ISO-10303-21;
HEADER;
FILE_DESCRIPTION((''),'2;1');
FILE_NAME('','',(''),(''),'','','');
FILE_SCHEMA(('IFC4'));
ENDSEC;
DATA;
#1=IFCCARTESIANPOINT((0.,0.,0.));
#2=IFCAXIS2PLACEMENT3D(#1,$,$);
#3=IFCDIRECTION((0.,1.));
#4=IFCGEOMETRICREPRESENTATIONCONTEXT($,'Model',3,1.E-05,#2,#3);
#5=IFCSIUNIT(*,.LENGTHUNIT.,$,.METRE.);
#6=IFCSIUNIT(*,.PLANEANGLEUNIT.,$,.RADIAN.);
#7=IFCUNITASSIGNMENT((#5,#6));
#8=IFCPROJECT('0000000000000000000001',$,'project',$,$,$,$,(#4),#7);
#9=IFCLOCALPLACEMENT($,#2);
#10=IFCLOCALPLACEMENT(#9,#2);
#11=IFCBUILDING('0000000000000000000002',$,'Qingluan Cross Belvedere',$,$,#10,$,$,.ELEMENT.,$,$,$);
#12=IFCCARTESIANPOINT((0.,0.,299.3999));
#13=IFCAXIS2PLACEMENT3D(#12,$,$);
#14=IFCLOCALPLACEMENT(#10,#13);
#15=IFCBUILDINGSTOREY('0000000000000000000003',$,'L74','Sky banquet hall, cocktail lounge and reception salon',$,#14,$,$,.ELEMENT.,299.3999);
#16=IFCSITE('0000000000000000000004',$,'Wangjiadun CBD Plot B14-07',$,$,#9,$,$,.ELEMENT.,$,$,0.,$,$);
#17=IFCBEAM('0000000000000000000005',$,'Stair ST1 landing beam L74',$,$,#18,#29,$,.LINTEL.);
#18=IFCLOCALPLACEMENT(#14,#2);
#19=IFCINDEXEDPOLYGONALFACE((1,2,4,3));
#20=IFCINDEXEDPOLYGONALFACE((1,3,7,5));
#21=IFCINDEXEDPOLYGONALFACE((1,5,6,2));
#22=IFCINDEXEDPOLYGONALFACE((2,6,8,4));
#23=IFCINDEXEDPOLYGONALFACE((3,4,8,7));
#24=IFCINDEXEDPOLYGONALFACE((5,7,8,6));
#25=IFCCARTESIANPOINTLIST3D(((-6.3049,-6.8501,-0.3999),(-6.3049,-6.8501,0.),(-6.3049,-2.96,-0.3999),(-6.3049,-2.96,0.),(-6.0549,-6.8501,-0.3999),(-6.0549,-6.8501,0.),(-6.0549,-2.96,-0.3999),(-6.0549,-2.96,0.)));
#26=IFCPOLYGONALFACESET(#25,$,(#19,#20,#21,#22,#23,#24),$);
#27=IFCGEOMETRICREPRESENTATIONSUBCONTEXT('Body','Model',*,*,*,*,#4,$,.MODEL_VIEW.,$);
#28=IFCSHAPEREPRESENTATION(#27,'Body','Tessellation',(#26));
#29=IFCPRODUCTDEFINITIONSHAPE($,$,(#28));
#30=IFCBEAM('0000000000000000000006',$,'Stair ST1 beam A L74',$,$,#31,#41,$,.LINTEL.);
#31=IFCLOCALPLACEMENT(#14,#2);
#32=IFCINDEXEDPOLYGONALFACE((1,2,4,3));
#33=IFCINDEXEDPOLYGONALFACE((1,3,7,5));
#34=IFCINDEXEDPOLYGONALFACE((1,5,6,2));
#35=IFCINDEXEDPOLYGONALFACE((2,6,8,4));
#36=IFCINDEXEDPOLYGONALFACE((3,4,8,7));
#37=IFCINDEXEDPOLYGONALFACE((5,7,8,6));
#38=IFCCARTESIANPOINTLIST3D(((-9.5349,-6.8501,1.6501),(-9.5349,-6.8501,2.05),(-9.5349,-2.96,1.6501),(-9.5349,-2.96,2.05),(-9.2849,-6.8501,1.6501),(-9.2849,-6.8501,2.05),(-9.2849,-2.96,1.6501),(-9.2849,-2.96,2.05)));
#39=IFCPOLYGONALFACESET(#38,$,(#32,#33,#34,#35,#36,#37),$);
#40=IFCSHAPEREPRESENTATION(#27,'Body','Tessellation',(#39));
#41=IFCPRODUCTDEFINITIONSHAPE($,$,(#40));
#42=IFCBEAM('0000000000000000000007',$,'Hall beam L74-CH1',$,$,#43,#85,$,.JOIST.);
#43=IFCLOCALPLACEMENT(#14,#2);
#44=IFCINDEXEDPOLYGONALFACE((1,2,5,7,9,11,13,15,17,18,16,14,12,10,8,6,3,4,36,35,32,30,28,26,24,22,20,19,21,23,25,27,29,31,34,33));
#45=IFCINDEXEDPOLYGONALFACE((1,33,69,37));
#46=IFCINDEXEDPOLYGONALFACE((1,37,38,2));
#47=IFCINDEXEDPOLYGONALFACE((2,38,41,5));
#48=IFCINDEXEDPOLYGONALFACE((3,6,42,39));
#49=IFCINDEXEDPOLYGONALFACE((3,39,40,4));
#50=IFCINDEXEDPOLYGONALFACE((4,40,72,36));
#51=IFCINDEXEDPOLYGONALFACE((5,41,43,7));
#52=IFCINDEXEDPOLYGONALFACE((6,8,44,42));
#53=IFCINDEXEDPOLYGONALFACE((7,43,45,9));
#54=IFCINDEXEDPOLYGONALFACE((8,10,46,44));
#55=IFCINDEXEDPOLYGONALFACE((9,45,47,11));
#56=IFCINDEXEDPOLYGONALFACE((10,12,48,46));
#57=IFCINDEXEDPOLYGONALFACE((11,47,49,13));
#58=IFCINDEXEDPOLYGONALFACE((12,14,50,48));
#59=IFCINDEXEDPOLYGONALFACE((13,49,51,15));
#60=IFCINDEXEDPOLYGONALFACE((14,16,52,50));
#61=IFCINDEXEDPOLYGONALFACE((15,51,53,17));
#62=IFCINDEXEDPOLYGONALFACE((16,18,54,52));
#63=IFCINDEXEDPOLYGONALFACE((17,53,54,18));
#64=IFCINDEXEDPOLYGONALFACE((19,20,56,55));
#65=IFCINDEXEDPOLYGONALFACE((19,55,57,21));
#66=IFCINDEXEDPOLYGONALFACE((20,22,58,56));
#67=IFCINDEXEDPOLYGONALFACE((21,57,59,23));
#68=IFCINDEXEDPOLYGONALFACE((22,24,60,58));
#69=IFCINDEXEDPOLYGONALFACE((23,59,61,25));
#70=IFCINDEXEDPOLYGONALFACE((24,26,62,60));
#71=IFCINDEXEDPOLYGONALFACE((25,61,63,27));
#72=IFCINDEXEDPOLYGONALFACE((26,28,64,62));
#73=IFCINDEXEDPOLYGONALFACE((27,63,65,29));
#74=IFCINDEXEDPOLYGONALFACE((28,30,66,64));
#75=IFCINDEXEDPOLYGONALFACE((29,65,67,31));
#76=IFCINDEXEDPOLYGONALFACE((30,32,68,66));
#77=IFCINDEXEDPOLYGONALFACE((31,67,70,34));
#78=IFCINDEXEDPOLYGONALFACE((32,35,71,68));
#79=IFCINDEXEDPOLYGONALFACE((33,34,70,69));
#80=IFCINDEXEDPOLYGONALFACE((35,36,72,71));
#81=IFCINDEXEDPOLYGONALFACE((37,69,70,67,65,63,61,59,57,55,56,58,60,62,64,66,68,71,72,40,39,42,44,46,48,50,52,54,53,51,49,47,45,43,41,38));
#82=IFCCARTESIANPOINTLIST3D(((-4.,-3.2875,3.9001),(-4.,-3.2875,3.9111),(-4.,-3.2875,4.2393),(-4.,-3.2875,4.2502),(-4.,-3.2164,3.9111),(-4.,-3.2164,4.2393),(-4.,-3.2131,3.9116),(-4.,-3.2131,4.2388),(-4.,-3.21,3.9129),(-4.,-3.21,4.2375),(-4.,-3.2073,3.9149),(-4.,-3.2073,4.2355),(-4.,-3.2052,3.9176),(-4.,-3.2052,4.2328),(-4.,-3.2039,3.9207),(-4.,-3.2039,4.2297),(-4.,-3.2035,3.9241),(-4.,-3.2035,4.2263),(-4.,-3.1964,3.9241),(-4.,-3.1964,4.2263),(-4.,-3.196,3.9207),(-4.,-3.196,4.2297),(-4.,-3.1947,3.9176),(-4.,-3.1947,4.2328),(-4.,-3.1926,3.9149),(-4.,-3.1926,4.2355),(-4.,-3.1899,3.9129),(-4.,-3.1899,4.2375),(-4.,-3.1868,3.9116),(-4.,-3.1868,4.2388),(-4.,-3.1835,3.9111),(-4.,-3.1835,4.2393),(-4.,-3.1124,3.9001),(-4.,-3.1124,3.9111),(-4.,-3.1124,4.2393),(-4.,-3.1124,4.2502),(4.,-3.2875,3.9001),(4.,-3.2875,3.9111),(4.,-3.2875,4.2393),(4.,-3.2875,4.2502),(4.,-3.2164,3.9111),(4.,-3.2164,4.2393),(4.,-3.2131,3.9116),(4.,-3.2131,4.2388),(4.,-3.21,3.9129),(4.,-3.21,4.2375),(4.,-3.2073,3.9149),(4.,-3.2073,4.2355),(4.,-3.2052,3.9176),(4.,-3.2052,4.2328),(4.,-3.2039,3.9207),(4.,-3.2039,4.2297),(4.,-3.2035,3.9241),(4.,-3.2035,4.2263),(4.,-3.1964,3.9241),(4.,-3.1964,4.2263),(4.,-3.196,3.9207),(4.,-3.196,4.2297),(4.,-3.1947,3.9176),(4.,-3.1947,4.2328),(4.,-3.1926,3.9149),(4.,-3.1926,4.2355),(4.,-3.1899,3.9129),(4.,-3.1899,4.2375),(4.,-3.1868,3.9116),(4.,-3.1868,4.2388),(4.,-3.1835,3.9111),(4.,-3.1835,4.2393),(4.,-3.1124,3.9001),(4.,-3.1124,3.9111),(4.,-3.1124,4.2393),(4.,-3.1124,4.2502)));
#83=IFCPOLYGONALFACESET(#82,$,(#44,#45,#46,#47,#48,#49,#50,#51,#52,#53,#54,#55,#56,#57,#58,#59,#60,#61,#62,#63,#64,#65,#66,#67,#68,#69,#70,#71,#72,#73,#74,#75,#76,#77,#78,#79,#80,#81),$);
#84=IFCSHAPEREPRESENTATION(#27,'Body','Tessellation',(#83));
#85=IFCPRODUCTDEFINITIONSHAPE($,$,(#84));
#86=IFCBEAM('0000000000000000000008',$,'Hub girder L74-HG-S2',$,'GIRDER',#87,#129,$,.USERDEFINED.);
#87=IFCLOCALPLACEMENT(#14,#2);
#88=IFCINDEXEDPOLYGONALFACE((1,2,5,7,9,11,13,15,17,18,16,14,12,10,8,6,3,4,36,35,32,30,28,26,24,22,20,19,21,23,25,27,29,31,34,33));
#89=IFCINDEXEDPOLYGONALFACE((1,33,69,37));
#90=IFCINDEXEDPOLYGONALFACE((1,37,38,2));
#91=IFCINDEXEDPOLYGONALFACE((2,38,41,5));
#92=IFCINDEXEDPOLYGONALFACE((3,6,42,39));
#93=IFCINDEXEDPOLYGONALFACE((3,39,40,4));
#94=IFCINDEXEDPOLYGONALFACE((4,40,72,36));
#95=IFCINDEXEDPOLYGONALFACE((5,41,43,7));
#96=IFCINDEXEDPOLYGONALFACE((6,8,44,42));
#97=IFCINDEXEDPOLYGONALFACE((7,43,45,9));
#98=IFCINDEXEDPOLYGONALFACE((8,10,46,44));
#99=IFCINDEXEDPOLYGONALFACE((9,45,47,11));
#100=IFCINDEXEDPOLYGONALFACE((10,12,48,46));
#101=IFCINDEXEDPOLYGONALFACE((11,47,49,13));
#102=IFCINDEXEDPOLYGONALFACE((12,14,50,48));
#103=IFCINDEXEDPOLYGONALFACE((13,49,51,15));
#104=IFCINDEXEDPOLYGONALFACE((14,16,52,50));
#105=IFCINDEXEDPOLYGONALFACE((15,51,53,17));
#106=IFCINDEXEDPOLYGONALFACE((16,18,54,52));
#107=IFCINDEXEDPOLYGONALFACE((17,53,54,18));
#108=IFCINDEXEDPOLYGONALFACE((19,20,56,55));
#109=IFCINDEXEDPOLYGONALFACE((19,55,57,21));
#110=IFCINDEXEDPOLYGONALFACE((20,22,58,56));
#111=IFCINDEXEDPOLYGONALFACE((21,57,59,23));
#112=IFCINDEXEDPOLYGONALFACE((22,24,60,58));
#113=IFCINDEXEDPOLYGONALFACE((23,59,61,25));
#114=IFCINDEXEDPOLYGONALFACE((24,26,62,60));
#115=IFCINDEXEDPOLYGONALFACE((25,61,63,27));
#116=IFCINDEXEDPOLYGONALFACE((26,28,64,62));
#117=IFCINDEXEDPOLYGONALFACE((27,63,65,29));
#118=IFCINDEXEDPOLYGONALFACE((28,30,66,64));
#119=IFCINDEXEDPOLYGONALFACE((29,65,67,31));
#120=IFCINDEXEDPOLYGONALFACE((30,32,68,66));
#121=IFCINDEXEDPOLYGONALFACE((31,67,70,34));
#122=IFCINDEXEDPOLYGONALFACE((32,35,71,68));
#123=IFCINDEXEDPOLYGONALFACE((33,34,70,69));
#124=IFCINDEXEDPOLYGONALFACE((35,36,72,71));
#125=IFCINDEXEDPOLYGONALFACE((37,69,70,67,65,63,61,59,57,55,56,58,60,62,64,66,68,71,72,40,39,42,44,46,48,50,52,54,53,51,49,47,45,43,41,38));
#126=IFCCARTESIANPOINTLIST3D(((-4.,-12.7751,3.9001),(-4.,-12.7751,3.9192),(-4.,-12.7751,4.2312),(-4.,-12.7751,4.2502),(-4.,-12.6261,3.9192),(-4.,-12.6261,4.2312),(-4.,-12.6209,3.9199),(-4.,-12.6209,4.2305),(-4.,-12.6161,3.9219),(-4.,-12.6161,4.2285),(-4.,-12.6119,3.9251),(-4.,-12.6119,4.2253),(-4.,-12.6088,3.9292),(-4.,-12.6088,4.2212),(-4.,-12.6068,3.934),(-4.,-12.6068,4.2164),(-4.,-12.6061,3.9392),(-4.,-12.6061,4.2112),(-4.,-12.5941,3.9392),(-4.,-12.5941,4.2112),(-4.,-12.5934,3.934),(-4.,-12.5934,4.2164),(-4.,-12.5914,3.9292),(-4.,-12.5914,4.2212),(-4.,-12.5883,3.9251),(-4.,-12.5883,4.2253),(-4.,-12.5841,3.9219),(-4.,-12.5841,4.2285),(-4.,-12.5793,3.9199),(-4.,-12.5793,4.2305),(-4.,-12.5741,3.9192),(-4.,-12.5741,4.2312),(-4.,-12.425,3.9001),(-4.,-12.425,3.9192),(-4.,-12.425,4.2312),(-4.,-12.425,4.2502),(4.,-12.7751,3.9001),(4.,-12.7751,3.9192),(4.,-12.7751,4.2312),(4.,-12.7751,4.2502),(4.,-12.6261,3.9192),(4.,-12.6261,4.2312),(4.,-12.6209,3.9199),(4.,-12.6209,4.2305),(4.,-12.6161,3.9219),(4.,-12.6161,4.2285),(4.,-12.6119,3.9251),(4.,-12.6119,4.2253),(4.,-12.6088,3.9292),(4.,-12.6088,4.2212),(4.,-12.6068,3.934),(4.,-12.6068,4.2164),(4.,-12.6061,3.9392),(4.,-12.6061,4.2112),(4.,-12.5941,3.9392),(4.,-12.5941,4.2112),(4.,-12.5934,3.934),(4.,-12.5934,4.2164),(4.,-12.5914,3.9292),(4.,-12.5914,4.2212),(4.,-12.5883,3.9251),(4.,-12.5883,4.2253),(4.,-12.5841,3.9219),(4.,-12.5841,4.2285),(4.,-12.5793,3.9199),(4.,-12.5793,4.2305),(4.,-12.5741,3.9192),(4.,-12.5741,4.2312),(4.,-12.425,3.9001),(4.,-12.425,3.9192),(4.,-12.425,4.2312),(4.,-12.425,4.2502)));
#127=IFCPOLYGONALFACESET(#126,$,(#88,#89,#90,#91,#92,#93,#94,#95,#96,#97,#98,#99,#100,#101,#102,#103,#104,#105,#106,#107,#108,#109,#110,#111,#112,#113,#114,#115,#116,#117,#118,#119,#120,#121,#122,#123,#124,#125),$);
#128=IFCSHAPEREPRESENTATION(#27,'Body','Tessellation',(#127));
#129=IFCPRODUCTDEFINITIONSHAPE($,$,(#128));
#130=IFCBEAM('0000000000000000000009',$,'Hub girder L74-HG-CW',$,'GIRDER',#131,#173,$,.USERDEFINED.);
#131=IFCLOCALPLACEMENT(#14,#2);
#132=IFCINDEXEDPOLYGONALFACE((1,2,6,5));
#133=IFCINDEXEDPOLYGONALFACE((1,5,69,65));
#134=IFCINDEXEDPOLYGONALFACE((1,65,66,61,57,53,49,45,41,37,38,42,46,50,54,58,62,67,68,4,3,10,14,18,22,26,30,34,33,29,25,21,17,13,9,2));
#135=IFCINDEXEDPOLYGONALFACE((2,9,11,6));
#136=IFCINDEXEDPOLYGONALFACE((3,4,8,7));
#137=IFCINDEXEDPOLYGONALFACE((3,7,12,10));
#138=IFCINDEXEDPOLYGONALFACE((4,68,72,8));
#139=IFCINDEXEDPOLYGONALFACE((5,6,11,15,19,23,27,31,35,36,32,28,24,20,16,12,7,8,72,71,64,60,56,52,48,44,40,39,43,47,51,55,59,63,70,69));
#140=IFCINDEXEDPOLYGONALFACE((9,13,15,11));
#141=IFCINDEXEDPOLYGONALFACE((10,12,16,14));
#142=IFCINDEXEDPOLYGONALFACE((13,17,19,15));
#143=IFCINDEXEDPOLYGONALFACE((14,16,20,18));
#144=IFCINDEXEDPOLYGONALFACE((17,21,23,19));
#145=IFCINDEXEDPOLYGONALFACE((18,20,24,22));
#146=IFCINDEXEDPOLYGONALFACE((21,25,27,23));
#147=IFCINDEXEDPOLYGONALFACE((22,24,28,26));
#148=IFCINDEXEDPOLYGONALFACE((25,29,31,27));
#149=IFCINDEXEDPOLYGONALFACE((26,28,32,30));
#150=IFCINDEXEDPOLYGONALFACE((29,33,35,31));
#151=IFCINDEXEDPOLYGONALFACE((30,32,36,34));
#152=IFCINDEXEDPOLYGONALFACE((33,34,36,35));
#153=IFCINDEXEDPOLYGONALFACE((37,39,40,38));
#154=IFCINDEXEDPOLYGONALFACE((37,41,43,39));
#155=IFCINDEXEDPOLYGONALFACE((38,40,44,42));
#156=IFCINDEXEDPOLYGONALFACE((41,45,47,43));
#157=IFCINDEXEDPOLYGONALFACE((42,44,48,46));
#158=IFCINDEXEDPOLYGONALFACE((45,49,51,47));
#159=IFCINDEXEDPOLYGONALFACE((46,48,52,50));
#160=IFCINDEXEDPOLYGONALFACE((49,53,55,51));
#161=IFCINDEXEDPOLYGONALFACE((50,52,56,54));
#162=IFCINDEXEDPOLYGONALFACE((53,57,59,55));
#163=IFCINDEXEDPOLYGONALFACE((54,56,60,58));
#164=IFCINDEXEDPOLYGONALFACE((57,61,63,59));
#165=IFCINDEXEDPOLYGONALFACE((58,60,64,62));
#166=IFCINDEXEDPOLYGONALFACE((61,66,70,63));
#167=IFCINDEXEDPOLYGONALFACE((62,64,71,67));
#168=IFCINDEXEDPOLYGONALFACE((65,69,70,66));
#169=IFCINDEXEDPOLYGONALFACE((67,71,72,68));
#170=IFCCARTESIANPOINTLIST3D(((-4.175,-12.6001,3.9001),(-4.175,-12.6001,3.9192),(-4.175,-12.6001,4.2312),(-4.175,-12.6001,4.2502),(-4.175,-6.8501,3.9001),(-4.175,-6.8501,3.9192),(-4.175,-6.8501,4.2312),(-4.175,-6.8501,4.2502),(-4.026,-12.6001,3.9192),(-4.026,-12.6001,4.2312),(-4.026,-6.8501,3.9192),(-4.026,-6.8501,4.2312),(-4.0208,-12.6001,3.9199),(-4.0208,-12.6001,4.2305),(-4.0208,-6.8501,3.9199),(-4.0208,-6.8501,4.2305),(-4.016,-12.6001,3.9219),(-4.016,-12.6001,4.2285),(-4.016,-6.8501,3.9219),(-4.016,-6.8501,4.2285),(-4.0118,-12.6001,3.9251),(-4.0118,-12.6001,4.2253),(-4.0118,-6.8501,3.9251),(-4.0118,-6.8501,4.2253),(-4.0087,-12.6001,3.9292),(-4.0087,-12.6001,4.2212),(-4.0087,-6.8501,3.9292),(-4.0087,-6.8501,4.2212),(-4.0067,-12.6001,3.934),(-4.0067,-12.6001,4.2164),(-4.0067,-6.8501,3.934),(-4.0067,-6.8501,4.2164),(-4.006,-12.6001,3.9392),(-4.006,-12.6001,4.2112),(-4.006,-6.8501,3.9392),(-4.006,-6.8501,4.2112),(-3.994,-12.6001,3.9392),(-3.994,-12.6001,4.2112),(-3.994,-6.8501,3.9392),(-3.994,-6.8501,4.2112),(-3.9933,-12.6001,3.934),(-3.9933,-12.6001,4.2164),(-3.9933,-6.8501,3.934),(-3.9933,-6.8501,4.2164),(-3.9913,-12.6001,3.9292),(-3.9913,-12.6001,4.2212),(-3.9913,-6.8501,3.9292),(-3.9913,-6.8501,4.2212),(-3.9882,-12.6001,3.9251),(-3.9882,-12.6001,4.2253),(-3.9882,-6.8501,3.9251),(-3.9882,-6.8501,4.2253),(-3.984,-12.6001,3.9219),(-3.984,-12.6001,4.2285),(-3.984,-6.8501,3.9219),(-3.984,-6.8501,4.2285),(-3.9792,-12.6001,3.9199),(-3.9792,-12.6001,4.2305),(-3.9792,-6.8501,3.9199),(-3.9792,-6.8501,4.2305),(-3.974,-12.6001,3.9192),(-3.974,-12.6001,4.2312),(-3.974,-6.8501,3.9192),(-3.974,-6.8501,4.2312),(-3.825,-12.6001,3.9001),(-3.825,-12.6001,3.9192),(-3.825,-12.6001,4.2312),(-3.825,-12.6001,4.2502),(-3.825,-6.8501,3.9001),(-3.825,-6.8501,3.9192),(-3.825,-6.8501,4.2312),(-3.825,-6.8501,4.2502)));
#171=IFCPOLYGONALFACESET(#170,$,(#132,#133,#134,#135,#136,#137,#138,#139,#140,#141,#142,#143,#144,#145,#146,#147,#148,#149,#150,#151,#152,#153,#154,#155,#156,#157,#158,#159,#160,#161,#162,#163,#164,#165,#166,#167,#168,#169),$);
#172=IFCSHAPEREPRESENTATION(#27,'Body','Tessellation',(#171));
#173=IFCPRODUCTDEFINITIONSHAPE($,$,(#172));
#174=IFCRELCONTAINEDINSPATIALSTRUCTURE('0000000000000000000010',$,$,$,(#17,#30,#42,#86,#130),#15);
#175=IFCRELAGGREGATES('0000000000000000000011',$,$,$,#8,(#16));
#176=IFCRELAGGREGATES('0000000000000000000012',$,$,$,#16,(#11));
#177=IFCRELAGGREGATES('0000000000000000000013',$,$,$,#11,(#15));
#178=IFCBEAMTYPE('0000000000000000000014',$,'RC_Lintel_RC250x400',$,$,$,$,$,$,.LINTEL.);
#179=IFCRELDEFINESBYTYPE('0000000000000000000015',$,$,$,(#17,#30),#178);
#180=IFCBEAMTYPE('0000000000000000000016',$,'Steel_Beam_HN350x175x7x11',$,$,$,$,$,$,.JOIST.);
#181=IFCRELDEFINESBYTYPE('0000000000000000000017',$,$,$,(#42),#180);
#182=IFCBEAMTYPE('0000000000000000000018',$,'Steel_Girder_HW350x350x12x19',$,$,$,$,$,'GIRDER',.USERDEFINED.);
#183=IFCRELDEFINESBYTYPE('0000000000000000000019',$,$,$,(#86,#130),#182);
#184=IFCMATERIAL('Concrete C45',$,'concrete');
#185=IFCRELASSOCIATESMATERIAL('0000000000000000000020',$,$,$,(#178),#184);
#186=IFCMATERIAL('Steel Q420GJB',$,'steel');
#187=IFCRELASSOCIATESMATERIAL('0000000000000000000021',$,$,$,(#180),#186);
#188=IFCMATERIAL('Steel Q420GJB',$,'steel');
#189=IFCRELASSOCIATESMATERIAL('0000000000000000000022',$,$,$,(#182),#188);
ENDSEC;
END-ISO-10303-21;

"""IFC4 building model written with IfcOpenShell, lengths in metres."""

from ifc_helpers import new_model, si_unit, direction, frame, origin, origin_2d, place, context, subcontext, project, spatial, rectangle, i_section, extrude, material, material_profile, profile_set, type_object, element, save


model = new_model("IFC4")

# Units and contexts
model_context = context("Model", 3, precision=1e-05, world=origin(), true_north=direction((0.0, 1.0)))
body_context = subcontext(model_context, "Body", "Model", "MODEL_VIEW")
ifc_project = project(units=[si_unit("LENGTHUNIT", "METRE"), si_unit("PLANEANGLEUNIT", "RADIAN")], contexts=[model_context])

# Site, building, storey
site_placement = place(None, origin())
site = spatial("IfcSite", under=ifc_project, at=site_placement, Name="Wangjiadun CBD Plot B14-07", CompositionType="ELEMENT", RefElevation=0.0)
building_placement = place(site_placement, origin())
building = spatial("IfcBuilding", under=site, at=building_placement, Name="Qingluan Cross Belvedere", CompositionType="ELEMENT")
storey_placement = place(building_placement, frame((0.0, 0.0, 299.3999)))
storey = spatial("IfcBuildingStorey", under=building, at=storey_placement, Name="L74", Description="Sky banquet hall, cocktail lounge and reception salon", CompositionType="ELEMENT", Elevation=299.3999)

# Beams
ifc_material_1 = material(Name="Concrete C45", Category="concrete")
ifc_material_profile_1 = material_profile(ifc_material_1, rectangle(XDim=0.25, YDim=0.3999, at=origin_2d()), Name="RC250x400")
ifc_profile_set_1 = profile_set([ifc_material_profile_1], Name="Concrete C45")
beam_type_1 = type_object("IfcBeamType", Name="RC_Lintel_RC250x400", PredefinedType="LINTEL", material=ifc_profile_set_1)
for number, where, z_axis, x_axis, name in (
    (1, (-6.1799, -6.8501, -0.2), (0.0, 1.0, 0.0), (-1.0, 0.0, 0.0), "Stair ST1 landing beam L74"),
    (2, (-9.4099, -6.8501, 1.8501), (0.0, 1.0, 0.0), (-1.0, 0.0, 0.0), "Stair ST1 beam A L74"),
):
    element("IfcBeam", number, at=place(storey_placement, frame(where, z_axis=z_axis, x_axis=x_axis)), inside=storey, type_object=beam_type_1, Name=name, PredefinedType="LINTEL", context=body_context, shape_type="SweptSolid", body=[
        extrude(rectangle(XDim=0.25, YDim=0.3999, at=origin_2d()), origin(), (0.0, 0.0, 1.0), 3.8901),
    ])
ifc_material_2 = material(Name="Steel Q420GJB", Category="steel")
ifc_material_profile_2 = material_profile(ifc_material_2, i_section(OverallWidth=0.175, OverallDepth=0.3501, WebThickness=0.0071, FlangeThickness=0.011, FilletRadius=0.0129, at=origin_2d()), Name="HN350x175x7x11")
ifc_profile_set_2 = profile_set([ifc_material_profile_2], Name="Steel Q420GJB")
beam_type_2 = type_object("IfcBeamType", Name="Steel_Beam_HN350x175x7x11", PredefinedType="JOIST", material=ifc_profile_set_2)
beam_1_placement = place(storey_placement, frame((-4.0, -3.2, 4.0752), z_axis=(1.0, 0.0, 0.0), x_axis=(0.0, 1.0, 0.0)))
element("IfcBeam", 3, at=beam_1_placement, inside=storey, type_object=beam_type_2, Name="Hall beam L74-CH1", PredefinedType="JOIST", context=body_context, shape_type="SweptSolid", body=[
    extrude(i_section(OverallWidth=0.175, OverallDepth=0.3501, WebThickness=0.0071, FlangeThickness=0.011, FilletRadius=0.0129, at=origin_2d()), origin(), (0.0, 0.0, 1.0), 8.0),
])
ifc_material_3 = material(Name="Steel Q420GJB", Category="steel")
ifc_material_profile_3 = material_profile(ifc_material_3, i_section(OverallWidth=0.3501, OverallDepth=0.3501, WebThickness=0.012, FlangeThickness=0.019, FilletRadius=0.02, at=origin_2d()), Name="HW350x350x12x19")
ifc_profile_set_3 = profile_set([ifc_material_profile_3], Name="Steel Q420GJB")
beam_type_3 = type_object("IfcBeamType", Name="Steel_Girder_HW350x350x12x19", ElementType="GIRDER", PredefinedType="USERDEFINED", material=ifc_profile_set_3)
beam_2_placement = place(storey_placement, frame((-4.0, -12.6001, 4.0752), z_axis=(1.0, 0.0, 0.0), x_axis=(0.0, 1.0, 0.0)))
element("IfcBeam", 4, at=beam_2_placement, inside=storey, type_object=beam_type_3, Name="Hub girder L74-HG-S2", ObjectType="GIRDER", PredefinedType="USERDEFINED", context=body_context, shape_type="SweptSolid", body=[
    extrude(i_section(OverallWidth=0.3501, OverallDepth=0.3501, WebThickness=0.012, FlangeThickness=0.019, FilletRadius=0.02, at=origin_2d()), origin(), (0.0, 0.0, 1.0), 8.0),
])
beam_3_placement = place(storey_placement, frame((-4.0, -12.6001, 4.0752), z_axis=(0.0, 1.0, 0.0), x_axis=(-1.0, 0.0, 0.0)))
element("IfcBeam", 5, at=beam_3_placement, inside=storey, type_object=beam_type_3, Name="Hub girder L74-HG-CW", ObjectType="GIRDER", PredefinedType="USERDEFINED", context=body_context, shape_type="SweptSolid", body=[
    extrude(i_section(OverallWidth=0.3501, OverallDepth=0.3501, WebThickness=0.012, FlangeThickness=0.019, FilletRadius=0.02, at=origin_2d()), origin(), (0.0, 0.0, 1.0), 5.75),
])

save(model, "model.ifc")
